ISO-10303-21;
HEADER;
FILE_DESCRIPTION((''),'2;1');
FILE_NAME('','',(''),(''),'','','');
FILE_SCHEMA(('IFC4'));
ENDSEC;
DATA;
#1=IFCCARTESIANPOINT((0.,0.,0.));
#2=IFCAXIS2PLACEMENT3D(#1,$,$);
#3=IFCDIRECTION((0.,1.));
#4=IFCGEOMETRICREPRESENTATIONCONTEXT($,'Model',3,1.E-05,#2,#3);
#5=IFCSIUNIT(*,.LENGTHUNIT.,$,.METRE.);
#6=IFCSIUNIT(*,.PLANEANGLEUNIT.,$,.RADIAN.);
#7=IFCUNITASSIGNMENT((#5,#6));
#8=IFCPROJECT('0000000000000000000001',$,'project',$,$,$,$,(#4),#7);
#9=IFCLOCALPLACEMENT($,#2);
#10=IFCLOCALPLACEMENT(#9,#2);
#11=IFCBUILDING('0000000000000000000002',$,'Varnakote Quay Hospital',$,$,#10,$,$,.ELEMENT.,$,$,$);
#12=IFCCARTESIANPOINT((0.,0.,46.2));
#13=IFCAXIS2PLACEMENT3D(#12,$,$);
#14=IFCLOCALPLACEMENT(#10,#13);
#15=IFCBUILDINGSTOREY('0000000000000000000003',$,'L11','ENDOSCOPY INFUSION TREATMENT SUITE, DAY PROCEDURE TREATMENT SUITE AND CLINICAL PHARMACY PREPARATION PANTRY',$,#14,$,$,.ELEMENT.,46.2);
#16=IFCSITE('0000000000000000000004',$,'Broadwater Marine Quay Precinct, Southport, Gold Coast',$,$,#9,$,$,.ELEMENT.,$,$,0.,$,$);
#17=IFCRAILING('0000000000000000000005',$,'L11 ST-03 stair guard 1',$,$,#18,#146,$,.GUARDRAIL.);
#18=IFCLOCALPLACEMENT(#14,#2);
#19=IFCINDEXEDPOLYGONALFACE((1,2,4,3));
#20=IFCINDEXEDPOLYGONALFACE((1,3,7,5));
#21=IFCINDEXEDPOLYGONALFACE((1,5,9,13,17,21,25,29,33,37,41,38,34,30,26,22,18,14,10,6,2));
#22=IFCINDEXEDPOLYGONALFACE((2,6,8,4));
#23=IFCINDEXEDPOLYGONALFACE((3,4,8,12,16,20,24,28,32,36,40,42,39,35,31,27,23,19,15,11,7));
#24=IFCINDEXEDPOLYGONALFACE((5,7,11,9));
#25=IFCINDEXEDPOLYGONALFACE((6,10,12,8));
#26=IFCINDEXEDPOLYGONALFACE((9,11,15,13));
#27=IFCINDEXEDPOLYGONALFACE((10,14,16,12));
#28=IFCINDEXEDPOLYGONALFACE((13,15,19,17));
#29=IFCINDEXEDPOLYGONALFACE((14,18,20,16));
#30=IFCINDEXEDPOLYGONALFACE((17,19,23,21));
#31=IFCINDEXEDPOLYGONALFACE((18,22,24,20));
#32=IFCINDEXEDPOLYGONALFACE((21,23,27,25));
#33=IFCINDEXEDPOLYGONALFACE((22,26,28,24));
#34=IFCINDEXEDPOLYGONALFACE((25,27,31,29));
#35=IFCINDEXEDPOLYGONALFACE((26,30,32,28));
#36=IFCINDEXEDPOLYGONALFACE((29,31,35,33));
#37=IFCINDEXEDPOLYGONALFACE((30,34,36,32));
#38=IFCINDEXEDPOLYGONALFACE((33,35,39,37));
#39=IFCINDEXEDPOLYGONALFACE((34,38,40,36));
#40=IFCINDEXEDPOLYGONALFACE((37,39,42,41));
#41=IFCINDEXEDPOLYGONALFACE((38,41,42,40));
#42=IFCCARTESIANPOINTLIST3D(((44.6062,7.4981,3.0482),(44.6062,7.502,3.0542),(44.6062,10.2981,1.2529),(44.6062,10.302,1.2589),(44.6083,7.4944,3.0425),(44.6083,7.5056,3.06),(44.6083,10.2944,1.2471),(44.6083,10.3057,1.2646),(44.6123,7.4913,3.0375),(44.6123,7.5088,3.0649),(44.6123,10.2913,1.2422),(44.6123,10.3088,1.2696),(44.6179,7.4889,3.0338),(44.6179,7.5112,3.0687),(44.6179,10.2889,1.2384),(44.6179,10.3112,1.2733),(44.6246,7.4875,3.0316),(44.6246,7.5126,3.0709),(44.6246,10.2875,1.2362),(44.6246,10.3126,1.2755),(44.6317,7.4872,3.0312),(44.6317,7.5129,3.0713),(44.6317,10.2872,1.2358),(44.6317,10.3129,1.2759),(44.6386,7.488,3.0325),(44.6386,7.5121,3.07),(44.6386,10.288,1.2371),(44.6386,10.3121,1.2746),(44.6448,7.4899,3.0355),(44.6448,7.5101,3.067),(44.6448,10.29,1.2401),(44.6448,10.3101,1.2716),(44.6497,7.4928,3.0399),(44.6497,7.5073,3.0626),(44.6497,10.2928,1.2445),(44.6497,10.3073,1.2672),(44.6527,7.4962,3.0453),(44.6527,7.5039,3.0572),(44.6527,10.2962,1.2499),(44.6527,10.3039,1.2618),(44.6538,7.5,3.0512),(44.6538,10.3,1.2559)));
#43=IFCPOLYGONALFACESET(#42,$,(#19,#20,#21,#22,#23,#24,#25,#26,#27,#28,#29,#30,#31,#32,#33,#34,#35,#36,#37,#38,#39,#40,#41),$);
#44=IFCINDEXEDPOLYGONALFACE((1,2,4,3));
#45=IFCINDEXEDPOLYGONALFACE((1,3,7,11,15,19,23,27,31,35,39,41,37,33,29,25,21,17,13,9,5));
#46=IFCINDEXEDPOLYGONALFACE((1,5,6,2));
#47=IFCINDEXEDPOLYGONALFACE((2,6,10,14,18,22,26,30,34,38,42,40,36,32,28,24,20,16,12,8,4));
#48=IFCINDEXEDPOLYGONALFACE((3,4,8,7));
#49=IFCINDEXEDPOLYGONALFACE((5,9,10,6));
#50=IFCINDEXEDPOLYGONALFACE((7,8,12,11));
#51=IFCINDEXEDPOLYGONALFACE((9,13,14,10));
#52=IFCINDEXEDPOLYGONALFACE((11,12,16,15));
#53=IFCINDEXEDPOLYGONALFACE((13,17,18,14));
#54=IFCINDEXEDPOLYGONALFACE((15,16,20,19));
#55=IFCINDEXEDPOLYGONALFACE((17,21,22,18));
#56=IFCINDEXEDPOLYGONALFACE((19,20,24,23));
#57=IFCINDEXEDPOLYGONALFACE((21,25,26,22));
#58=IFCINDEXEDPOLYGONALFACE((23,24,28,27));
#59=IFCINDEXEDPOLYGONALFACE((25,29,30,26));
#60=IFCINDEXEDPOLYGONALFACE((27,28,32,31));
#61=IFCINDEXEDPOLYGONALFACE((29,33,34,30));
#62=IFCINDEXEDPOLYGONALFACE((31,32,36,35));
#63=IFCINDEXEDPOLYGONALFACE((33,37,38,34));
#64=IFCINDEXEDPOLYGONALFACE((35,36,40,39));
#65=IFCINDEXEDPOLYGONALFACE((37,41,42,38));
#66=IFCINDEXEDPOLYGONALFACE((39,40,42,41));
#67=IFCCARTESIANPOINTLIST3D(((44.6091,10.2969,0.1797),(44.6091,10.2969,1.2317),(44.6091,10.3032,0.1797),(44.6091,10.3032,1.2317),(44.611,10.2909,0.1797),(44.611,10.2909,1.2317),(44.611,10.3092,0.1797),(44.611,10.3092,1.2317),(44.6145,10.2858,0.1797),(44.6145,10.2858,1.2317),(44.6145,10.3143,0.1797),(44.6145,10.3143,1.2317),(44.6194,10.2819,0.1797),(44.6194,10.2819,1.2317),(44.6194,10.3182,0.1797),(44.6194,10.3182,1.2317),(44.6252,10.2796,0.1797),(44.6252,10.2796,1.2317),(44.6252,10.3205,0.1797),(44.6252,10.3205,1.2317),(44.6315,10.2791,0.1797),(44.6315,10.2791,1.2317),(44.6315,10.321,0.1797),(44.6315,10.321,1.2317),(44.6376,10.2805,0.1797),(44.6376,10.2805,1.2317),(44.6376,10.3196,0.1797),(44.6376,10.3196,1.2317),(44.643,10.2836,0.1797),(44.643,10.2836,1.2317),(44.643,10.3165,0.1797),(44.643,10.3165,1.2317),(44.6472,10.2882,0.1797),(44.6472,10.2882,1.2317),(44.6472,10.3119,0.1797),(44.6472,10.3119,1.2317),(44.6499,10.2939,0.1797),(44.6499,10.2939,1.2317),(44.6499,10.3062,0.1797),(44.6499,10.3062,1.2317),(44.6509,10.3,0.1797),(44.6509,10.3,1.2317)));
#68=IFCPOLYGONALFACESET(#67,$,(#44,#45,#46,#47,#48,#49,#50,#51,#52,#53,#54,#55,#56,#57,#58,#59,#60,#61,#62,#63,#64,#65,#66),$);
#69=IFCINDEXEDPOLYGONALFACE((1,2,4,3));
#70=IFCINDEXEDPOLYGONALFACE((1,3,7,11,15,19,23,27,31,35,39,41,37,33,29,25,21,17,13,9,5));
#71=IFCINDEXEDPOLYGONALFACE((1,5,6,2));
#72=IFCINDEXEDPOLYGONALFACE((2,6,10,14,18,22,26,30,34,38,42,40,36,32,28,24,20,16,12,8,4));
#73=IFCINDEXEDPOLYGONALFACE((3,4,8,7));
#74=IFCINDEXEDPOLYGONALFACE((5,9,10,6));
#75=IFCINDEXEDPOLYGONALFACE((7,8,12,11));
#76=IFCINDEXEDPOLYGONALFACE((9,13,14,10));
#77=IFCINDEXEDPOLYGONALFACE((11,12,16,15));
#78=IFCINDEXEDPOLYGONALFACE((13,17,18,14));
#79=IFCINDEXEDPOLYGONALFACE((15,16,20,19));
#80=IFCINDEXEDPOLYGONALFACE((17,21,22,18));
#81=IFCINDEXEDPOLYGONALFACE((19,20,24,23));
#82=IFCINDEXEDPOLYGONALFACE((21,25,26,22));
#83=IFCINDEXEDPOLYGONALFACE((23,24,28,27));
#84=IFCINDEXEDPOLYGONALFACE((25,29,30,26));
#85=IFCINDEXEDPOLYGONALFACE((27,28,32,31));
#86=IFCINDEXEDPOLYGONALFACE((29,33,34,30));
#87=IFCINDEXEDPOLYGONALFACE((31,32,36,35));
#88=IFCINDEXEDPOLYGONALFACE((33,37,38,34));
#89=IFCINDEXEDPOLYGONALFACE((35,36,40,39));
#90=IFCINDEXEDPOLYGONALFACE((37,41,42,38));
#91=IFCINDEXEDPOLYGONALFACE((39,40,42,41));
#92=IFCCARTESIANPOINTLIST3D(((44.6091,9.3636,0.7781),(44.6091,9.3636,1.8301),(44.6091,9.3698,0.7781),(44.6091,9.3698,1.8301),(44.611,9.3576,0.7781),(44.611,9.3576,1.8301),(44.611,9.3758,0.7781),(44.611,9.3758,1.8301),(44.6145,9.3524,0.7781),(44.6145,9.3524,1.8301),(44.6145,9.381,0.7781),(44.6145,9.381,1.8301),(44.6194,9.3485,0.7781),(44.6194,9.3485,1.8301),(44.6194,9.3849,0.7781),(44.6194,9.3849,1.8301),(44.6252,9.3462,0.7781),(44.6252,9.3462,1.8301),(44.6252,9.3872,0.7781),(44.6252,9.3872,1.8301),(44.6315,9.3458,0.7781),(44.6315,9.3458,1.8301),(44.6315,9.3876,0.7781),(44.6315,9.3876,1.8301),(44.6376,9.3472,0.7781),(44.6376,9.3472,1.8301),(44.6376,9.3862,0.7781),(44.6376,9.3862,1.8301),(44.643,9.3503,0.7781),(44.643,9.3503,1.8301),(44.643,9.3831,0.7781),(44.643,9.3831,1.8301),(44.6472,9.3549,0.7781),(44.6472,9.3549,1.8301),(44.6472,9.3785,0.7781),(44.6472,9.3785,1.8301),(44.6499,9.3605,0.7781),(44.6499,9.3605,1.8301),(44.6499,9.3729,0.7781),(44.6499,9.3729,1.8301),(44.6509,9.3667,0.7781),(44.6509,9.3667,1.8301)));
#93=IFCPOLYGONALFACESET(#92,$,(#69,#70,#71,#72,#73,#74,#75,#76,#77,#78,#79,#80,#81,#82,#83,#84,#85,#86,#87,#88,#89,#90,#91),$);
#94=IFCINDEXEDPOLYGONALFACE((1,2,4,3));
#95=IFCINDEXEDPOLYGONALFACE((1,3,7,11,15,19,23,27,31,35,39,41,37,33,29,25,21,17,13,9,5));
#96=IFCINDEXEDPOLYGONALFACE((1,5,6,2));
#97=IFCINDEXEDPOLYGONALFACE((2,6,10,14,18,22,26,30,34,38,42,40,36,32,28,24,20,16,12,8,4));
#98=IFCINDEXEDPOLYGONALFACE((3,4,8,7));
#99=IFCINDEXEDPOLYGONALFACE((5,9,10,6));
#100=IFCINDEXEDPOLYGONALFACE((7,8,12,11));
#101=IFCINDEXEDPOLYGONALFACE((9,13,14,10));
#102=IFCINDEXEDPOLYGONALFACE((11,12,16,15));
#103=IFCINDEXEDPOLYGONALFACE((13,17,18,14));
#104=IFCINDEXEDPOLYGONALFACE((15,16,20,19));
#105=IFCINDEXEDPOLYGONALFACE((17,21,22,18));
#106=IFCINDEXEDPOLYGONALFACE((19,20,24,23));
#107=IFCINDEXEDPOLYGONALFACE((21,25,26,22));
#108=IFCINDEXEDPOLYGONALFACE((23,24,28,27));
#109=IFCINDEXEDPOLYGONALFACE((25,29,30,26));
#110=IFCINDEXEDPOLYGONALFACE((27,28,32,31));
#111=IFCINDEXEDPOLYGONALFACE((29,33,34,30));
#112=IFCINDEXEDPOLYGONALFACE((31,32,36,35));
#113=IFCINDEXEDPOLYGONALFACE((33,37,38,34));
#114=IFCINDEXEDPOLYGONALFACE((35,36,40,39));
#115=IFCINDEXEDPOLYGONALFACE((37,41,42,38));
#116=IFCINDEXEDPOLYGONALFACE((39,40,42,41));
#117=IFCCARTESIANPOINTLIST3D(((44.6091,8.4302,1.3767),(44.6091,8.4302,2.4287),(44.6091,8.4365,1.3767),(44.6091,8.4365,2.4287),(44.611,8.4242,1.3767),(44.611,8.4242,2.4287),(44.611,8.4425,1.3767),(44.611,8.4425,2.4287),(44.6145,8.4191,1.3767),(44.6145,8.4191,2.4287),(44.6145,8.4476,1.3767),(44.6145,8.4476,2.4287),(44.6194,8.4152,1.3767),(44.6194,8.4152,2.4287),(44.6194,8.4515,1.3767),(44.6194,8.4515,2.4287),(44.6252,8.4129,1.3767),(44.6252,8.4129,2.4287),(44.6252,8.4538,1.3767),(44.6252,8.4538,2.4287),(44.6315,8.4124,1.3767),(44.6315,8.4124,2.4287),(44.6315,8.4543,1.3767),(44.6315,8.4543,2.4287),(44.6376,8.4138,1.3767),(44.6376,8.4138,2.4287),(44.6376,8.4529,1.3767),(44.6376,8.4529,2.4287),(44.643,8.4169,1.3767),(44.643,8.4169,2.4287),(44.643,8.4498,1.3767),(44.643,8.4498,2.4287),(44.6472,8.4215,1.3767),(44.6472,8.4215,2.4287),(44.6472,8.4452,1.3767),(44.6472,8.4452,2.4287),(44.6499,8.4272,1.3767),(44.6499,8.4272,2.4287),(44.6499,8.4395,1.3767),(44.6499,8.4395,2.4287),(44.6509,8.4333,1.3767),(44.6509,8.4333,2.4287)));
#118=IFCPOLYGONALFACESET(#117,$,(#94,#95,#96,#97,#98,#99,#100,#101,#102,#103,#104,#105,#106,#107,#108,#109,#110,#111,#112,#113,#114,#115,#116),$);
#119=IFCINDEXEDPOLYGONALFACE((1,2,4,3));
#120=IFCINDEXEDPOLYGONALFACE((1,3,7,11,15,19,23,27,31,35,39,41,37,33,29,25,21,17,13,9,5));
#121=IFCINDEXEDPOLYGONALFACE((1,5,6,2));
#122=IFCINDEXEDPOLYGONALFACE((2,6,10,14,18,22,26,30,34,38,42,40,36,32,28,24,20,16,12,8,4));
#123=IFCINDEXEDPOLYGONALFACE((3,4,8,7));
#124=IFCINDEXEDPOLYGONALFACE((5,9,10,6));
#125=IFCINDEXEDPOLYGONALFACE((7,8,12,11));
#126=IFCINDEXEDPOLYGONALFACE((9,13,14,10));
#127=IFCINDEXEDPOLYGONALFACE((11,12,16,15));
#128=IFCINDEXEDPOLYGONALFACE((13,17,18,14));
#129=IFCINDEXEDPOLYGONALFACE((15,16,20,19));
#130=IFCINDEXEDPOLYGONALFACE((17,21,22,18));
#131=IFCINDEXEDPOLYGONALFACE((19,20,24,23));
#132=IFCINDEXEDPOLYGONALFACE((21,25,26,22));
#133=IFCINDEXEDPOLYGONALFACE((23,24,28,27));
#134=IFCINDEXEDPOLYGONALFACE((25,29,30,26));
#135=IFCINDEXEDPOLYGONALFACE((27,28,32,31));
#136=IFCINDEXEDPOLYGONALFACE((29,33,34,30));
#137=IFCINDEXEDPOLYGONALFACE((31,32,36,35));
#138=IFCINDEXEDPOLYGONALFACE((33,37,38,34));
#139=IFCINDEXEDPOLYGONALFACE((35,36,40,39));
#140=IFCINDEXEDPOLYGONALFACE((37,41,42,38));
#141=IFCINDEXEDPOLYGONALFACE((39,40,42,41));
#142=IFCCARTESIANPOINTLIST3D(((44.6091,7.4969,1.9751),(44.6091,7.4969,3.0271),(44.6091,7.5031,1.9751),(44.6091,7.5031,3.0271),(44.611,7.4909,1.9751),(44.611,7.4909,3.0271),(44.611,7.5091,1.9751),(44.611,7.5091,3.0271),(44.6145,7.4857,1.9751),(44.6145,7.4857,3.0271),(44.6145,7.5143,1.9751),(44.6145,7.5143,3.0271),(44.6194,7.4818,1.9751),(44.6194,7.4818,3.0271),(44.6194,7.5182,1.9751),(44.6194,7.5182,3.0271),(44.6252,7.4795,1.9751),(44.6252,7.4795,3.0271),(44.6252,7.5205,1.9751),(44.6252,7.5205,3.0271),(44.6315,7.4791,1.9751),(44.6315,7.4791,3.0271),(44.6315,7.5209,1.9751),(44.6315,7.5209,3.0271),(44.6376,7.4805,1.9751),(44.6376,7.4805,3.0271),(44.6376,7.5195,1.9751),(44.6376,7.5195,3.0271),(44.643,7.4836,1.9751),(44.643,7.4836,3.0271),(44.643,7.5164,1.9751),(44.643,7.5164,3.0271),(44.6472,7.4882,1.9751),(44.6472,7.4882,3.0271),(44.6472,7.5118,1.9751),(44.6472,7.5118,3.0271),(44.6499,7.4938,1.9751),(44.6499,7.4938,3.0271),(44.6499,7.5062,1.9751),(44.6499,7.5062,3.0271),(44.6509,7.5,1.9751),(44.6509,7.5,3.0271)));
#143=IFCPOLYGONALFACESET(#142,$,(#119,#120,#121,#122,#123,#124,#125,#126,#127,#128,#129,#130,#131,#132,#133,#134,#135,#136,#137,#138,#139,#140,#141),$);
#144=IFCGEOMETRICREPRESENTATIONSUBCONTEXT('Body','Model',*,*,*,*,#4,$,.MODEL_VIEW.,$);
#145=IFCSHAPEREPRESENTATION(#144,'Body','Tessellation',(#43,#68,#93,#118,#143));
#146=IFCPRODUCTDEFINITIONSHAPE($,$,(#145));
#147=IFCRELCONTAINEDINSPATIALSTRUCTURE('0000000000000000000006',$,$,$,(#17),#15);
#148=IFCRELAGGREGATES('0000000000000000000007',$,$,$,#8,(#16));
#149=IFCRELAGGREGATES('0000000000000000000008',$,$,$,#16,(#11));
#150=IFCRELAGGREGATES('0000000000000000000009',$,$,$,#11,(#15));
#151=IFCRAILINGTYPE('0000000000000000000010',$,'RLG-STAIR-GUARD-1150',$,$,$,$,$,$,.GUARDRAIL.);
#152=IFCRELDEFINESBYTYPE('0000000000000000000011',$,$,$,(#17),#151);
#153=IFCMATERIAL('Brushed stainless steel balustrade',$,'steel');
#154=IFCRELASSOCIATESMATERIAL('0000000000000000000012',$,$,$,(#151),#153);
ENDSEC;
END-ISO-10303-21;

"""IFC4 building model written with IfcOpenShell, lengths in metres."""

from ifc_helpers import new_model, si_unit, direction, frame, origin, origin_2d, place, context, subcontext, project, spatial, circle, extrude, material, type_object, element, save


model = new_model("IFC4")

# Units and contexts
model_context = context("Model", 3, precision=1e-05, world=origin(), true_north=direction((0.0, 1.0)))
body_context = subcontext(model_context, "Body", "Model", "MODEL_VIEW")
ifc_project = project(units=[si_unit("LENGTHUNIT", "METRE"), si_unit("PLANEANGLEUNIT", "RADIAN")], contexts=[model_context])

# Site, building, storey
site_placement = place(None, origin())
site = spatial("IfcSite", under=ifc_project, at=site_placement, Name="Broadwater Marine Quay Precinct, Southport, Gold Coast", CompositionType="ELEMENT", RefElevation=0.0)
building_placement = place(site_placement, origin())
building = spatial("IfcBuilding", under=site, at=building_placement, Name="Varnakote Quay Hospital", CompositionType="ELEMENT")
storey_placement = place(building_placement, frame((0.0, 0.0, 46.2)))
storey = spatial("IfcBuildingStorey", under=building, at=storey_placement, Name="L11", Description="ENDOSCOPY INFUSION TREATMENT SUITE, DAY PROCEDURE TREATMENT SUITE AND CLINICAL PHARMACY PREPARATION PANTRY", CompositionType="ELEMENT", Elevation=46.2)

# Railing
ifc_material_1 = material(Name="Brushed stainless steel balustrade", Category="steel")
railing_type_1 = type_object("IfcRailingType", Name="RLG-STAIR-GUARD-1150", PredefinedType="GUARDRAIL", material=ifc_material_1)
railing_1_placement = place(storey_placement, frame((44.6299, 10.3, 0.1797)))
element("IfcRailing", 1, at=railing_1_placement, inside=storey, type_object=railing_type_1, Name="L11 ST-03 stair guard 1", PredefinedType="GUARDRAIL", context=body_context, shape_type="SweptSolid", body=[
    extrude(circle(Radius=0.0239, at=origin_2d()), frame((0.0, 0.0, 1.0762), z_axis=(0.0, -0.84181, 0.539774), x_axis=(1.0, 0.0, 0.0)), (0.0, 0.0, 1.0), 3.3262),
    extrude(circle(Radius=0.021, at=origin_2d()), origin(), (0.0, 0.0, 1.0), 1.052),
    extrude(circle(Radius=0.021, at=origin_2d()), frame((0.0, -0.9333, 0.5984)), (0.0, 0.0, 1.0), 1.052),
    extrude(circle(Radius=0.021, at=origin_2d()), frame((0.0, -1.8667, 1.197)), (0.0, 0.0, 1.0), 1.052),
    extrude(circle(Radius=0.021, at=origin_2d()), frame((0.0, -2.8, 1.7954)), (0.0, 0.0, 1.0), 1.052),
])

save(model, "model.ifc")
